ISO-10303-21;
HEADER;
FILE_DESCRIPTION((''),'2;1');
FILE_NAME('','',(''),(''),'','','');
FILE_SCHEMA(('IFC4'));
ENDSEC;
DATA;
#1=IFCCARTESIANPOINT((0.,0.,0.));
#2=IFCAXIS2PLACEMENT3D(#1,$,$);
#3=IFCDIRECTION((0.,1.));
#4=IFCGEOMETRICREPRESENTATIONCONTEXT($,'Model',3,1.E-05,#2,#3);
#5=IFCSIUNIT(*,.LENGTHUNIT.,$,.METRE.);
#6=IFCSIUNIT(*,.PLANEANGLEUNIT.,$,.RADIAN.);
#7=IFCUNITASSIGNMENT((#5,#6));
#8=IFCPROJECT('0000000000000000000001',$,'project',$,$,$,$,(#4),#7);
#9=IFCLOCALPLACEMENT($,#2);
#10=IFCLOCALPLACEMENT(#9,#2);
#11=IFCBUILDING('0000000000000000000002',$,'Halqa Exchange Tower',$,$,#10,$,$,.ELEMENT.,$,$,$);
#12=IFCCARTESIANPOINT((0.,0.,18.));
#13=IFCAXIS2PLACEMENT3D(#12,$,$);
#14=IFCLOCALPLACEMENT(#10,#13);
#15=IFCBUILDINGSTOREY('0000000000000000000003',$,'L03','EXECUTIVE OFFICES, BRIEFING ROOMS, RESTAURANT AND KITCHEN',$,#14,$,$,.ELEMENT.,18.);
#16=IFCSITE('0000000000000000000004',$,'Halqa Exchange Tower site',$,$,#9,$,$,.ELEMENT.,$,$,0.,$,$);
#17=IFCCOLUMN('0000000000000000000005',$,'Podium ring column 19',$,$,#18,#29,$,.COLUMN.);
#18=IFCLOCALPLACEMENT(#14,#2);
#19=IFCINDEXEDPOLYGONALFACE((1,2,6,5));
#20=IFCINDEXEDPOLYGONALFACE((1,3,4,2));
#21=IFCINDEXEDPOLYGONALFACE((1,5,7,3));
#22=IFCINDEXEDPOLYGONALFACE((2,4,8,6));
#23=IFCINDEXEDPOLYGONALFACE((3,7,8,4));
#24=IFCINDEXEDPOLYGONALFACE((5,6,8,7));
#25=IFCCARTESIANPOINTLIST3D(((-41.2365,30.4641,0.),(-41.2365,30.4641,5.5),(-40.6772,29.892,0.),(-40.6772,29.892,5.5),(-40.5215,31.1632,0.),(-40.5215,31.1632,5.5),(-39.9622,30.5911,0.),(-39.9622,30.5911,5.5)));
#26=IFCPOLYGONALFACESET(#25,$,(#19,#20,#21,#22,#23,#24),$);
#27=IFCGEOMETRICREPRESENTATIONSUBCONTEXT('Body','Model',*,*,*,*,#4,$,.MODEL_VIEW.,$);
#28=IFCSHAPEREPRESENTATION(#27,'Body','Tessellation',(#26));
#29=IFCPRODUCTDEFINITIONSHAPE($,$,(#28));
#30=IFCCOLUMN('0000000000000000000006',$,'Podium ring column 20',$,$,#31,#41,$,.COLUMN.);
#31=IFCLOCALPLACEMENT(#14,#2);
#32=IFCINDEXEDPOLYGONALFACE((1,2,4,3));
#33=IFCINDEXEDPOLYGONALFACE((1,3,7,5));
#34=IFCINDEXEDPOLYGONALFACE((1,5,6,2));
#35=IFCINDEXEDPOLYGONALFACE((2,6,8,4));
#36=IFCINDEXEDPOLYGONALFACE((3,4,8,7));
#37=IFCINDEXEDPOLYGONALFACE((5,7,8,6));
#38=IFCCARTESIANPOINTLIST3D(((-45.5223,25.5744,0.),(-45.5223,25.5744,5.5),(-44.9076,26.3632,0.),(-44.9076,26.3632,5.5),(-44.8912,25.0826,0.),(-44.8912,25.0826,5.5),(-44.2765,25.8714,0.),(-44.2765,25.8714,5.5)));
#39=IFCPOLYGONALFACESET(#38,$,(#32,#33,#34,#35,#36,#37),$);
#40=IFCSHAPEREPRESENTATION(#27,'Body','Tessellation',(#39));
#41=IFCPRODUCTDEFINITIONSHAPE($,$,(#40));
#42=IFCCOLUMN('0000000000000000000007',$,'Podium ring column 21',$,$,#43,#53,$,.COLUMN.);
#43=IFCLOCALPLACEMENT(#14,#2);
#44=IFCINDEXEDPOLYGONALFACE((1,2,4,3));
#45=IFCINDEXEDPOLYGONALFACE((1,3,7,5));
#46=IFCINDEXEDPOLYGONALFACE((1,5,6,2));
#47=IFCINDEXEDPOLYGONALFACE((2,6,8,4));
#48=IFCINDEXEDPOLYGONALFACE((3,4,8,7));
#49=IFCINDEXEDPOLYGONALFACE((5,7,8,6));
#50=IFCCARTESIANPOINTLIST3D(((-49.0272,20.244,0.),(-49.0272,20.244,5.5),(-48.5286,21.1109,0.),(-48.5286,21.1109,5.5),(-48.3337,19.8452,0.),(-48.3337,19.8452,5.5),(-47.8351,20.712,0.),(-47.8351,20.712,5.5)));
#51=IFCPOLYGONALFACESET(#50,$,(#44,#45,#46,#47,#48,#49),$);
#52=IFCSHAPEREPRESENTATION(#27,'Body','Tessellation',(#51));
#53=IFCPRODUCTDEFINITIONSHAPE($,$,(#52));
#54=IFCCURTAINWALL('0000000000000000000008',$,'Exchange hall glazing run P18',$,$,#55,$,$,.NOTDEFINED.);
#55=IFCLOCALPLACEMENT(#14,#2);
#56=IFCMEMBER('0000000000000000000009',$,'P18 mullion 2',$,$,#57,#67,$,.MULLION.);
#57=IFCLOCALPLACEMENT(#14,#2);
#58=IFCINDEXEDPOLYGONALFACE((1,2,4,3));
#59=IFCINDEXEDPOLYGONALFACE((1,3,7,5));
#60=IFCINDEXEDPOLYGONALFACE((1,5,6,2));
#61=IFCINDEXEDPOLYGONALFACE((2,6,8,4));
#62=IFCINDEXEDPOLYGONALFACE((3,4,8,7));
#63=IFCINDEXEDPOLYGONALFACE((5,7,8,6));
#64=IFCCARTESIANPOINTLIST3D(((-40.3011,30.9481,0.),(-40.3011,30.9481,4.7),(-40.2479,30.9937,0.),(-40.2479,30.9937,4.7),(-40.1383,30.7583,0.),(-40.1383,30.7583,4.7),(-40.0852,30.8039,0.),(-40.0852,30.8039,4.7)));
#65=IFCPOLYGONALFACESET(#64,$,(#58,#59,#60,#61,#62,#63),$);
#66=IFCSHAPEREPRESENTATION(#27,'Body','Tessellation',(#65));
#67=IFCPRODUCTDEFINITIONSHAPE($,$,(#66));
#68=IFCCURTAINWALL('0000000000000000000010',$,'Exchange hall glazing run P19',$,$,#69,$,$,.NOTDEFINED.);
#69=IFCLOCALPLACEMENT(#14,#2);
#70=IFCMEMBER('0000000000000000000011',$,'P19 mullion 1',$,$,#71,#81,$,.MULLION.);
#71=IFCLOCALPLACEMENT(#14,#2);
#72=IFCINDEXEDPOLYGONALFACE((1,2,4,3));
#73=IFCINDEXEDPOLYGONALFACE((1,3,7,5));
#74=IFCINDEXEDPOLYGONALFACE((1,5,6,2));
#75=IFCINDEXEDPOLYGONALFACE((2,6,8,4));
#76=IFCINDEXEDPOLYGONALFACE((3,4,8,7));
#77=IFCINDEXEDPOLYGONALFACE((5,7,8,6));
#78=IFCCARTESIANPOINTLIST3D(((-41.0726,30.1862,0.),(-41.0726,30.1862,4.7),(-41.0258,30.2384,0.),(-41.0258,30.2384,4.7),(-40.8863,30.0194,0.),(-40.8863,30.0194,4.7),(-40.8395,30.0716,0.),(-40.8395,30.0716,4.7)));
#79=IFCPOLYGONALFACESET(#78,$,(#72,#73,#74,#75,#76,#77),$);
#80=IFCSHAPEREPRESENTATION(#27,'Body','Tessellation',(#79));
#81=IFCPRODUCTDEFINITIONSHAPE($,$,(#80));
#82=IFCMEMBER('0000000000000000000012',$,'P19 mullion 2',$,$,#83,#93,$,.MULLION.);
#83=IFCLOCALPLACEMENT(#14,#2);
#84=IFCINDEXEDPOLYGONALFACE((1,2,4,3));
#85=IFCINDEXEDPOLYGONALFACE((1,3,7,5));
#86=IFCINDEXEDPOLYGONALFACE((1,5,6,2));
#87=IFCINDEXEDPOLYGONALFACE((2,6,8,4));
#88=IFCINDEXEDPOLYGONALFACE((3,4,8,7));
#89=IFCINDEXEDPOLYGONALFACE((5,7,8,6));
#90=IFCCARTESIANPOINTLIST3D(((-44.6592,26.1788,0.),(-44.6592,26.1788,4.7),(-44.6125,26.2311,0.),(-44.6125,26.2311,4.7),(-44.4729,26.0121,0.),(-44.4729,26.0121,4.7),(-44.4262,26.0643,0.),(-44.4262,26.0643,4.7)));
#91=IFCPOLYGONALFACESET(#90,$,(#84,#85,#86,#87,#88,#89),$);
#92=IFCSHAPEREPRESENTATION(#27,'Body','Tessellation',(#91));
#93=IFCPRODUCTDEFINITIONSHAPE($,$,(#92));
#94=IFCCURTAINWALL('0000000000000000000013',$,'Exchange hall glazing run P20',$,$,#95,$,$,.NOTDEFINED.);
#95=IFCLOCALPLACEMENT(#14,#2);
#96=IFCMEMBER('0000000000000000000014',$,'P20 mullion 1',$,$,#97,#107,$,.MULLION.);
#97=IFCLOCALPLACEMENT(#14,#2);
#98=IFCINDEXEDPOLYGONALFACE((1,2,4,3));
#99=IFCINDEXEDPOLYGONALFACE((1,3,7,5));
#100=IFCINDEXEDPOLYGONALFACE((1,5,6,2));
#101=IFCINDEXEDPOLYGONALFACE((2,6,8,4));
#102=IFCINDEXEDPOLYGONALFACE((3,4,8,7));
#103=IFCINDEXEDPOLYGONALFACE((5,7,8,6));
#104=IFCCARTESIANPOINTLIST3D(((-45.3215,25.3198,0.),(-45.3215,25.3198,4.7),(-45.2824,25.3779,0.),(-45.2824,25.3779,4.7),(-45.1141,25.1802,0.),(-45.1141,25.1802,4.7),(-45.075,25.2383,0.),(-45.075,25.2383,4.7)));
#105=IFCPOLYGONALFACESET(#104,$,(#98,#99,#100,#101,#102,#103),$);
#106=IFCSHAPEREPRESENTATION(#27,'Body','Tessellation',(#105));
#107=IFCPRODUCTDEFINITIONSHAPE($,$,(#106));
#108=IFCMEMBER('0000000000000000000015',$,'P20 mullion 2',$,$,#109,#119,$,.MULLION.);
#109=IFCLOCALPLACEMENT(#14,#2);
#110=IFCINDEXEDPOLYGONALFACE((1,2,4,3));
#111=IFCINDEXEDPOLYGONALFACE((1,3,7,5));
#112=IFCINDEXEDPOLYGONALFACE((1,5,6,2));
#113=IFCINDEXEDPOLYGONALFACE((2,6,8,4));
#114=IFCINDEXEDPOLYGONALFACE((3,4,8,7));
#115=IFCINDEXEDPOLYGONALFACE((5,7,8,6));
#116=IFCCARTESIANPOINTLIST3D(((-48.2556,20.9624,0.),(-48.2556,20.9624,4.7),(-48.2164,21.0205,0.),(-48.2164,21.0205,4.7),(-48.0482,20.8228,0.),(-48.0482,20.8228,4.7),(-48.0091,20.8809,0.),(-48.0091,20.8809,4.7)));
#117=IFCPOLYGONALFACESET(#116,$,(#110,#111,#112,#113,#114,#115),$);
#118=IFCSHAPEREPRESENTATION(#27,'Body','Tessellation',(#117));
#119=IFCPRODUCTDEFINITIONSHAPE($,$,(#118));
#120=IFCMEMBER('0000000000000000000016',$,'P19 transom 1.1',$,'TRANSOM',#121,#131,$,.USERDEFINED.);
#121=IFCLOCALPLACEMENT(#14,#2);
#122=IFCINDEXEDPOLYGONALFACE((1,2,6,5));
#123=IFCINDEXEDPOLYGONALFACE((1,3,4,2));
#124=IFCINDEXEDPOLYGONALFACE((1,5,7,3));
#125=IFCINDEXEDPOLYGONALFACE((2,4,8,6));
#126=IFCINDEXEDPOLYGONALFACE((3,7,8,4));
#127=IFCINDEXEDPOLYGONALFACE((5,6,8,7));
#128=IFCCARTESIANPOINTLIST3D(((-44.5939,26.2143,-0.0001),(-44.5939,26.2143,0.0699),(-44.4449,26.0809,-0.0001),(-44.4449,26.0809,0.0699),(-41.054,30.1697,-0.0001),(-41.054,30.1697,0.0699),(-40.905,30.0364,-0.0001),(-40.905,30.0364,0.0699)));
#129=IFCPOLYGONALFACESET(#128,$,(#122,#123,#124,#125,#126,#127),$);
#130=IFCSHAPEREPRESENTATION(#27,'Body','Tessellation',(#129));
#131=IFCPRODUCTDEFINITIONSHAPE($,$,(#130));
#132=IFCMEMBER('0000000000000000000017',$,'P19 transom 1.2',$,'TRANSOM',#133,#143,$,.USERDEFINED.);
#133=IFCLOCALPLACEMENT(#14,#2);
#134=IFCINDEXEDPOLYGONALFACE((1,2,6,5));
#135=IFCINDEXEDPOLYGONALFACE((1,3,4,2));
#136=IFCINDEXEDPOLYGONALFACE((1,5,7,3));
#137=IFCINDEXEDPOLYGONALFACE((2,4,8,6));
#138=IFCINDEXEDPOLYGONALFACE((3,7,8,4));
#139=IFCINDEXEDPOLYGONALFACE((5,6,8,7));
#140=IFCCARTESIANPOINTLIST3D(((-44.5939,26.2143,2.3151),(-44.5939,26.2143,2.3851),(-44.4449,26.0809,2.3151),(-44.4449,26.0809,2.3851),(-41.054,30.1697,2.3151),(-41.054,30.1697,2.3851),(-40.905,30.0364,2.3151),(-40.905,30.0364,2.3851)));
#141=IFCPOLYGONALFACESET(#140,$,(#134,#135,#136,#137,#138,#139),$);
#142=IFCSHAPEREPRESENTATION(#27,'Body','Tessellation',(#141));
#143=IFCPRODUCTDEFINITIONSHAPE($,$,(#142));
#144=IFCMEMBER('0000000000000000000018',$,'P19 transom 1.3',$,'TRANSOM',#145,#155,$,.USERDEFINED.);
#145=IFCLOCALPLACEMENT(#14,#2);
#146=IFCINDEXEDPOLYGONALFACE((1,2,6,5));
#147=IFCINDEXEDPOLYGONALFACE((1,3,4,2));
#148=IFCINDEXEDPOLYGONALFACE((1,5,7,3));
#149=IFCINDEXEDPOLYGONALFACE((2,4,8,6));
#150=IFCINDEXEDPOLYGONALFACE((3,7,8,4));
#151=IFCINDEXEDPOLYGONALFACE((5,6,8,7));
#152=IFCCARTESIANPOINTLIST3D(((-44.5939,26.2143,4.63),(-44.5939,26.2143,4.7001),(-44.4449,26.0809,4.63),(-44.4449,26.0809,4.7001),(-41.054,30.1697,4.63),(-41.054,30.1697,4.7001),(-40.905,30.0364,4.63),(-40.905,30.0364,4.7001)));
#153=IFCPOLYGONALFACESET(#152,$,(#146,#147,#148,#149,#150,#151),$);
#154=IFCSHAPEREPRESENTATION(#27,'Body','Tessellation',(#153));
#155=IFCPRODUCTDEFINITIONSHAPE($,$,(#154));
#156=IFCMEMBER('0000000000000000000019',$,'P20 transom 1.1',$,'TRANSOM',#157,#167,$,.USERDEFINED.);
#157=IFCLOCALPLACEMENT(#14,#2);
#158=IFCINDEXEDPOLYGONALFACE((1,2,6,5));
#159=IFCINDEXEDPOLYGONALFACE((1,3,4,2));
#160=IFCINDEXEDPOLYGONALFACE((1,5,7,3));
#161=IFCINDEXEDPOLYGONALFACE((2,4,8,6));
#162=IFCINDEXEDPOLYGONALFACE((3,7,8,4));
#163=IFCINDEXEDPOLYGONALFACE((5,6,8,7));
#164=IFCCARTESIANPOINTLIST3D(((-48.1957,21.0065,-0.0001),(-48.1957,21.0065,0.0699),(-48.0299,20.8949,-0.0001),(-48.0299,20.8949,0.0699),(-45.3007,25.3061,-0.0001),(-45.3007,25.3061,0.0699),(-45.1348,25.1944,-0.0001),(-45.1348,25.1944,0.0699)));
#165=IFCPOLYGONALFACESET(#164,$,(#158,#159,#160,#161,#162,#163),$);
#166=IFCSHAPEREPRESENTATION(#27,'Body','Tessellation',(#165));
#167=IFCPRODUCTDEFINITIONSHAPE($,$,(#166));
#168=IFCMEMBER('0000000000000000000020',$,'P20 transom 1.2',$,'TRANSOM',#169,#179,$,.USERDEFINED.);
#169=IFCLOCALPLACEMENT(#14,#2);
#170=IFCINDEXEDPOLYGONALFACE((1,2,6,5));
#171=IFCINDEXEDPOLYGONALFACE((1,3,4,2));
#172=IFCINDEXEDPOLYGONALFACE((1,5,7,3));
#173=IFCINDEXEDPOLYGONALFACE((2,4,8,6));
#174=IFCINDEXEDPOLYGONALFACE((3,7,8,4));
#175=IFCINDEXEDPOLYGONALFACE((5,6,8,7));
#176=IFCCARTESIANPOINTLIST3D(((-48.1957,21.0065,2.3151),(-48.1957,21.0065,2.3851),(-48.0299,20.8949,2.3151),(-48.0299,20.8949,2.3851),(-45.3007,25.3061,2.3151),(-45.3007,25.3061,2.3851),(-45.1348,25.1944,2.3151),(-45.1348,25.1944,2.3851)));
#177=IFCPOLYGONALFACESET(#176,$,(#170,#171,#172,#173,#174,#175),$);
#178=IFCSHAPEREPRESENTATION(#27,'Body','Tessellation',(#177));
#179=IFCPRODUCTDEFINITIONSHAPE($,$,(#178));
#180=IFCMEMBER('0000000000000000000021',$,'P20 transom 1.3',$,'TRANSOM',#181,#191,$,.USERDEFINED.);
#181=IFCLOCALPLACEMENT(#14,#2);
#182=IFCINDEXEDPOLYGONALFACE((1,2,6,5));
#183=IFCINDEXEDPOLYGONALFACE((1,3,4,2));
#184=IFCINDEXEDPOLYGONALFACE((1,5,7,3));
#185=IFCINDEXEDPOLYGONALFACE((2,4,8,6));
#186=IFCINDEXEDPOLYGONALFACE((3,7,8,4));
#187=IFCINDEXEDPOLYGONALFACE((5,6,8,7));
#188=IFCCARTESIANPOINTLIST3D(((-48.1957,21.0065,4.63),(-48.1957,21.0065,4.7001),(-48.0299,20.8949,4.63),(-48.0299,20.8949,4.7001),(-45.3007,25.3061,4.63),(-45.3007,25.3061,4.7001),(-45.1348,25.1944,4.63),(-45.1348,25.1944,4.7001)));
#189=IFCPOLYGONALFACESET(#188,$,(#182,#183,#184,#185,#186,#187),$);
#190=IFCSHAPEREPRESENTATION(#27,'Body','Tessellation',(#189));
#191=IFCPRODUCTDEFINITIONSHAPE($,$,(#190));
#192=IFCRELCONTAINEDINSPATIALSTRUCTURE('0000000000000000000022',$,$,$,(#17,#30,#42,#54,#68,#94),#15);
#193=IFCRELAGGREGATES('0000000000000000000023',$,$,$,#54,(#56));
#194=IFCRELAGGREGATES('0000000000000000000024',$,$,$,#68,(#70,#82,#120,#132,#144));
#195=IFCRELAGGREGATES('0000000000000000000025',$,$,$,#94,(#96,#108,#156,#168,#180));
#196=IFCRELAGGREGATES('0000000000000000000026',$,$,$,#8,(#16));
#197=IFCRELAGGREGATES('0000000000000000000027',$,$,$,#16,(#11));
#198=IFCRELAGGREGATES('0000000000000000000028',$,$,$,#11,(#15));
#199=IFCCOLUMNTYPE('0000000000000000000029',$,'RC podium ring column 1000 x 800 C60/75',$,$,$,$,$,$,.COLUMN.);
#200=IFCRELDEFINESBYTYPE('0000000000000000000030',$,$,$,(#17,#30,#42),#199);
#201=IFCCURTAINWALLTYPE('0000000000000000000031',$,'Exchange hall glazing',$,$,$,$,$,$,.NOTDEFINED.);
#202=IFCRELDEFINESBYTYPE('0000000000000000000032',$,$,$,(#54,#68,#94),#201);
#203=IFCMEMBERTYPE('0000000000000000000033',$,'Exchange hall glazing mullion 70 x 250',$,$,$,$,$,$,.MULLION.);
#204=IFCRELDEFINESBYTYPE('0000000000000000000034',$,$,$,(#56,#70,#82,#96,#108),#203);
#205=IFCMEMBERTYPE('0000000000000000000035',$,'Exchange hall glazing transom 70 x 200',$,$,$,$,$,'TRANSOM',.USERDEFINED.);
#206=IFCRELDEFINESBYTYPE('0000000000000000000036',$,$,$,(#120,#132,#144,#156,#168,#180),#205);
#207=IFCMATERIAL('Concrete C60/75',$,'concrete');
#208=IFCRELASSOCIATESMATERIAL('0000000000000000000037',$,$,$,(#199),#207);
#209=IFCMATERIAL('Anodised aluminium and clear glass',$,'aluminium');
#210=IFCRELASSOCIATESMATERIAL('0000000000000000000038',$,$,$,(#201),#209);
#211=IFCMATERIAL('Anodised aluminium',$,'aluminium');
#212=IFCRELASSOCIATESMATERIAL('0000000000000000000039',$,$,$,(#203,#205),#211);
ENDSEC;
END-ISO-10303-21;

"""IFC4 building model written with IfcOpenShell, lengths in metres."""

from ifc_helpers import new_model, si_unit, direction, frame, origin, origin_2d, place, context, subcontext, project, spatial, rectangle, extrude, material, material_profile, profile_set, type_object, element, aggregate, save


model = new_model("IFC4")

# Units and contexts
model_context = context("Model", 3, precision=1e-05, world=origin(), true_north=direction((0.0, 1.0)))
body_context = subcontext(model_context, "Body", "Model", "MODEL_VIEW")
ifc_project = project(units=[si_unit("LENGTHUNIT", "METRE"), si_unit("PLANEANGLEUNIT", "RADIAN")], contexts=[model_context])

# Site, building, storey
site_placement = place(None, origin())
site = spatial("IfcSite", under=ifc_project, at=site_placement, Name="Halqa Exchange Tower site", CompositionType="ELEMENT", RefElevation=0.0)
building_placement = place(site_placement, origin())
building = spatial("IfcBuilding", under=site, at=building_placement, Name="Halqa Exchange Tower", CompositionType="ELEMENT")
storey_placement = place(building_placement, frame((0.0, 0.0, 18.0)))
storey = spatial("IfcBuildingStorey", under=building, at=storey_placement, Name="L03", Description="EXECUTIVE OFFICES, BRIEFING ROOMS, RESTAURANT AND KITCHEN", CompositionType="ELEMENT", Elevation=18.0)

# Columns
ifc_material_1 = material(Name="Concrete C60/75", Category="concrete")
ifc_material_profile_1 = material_profile(ifc_material_1, rectangle(XDim=1.0, YDim=0.8, at=origin_2d()), Name="1000 x 800")
ifc_profile_set_1 = profile_set([ifc_material_profile_1], Name="Concrete C60/75")
column_type = type_object("IfcColumnType", Name="RC podium ring column 1000 x 800 C60/75", PredefinedType="COLUMN", material=ifc_profile_set_1)
for number, where, z_axis, x_axis, name in (
    (1, (-40.5994, 30.5276, 0.0), (0.0, 0.0, 1.0), (-0.715039, -0.699085, 0.0), "Podium ring column 19"),
    (2, (-44.8994, 25.7229, 0.0), (0.0, 0.0, 1.0), (-0.614691, -0.788768, 0.0), "Podium ring column 20"),
    (3, (-48.4312, 20.478, 0.0), (0.0, 0.0, 1.0), (-0.498569, -0.86685, 0.0), "Podium ring column 21"),
):
    element("IfcColumn", number, at=place(storey_placement, frame(where, z_axis=z_axis, x_axis=x_axis)), inside=storey, type_object=column_type, Name=name, PredefinedType="COLUMN", context=body_context, shape_type="SweptSolid", body=[
        extrude(rectangle(XDim=1.0, YDim=0.8, at=origin_2d()), origin(), (0.0, 0.0, 1.0), 5.5),
    ])

# Curtain wall, member
ifc_material_2 = material(Name="Anodised aluminium and clear glass", Category="aluminium")
curtain_wall_type = type_object("IfcCurtainWallType", Name="Exchange hall glazing", PredefinedType="NOTDEFINED", material=ifc_material_2)
curtain_wall_1_placement = place(storey_placement, origin())
curtain_wall_1 = element("IfcCurtainWall", 4, at=curtain_wall_1_placement, inside=storey, type_object=curtain_wall_type, Name="Exchange hall glazing run P18", PredefinedType="NOTDEFINED")
ifc_material_3 = material(Name="Anodised aluminium", Category="aluminium")
ifc_material_profile_2 = material_profile(ifc_material_3, rectangle(XDim=0.25, YDim=0.0701, at=origin_2d()), Name="AL 70x250")
ifc_profile_set_2 = profile_set([ifc_material_profile_2], Name="Anodised aluminium")
member_type_1 = type_object("IfcMemberType", Name="Exchange hall glazing mullion 70 x 250", PredefinedType="MULLION", material=ifc_profile_set_2)
member_1_placement = place(storey_placement, frame((-40.1931, 30.876, 0.0), z_axis=(0.0, 0.0, 1.0), x_axis=(0.650911, -0.759154, 0.0)))
member_1 = element("IfcMember", 5, at=member_1_placement, type_object=member_type_1, Name="P18 mullion 2", PredefinedType="MULLION", context=body_context, shape_type="SweptSolid", body=[
    extrude(rectangle(XDim=0.25, YDim=0.0701, at=origin_2d()), origin(), (0.0, 0.0, 1.0), 4.7),
])

# Curtain walls, members
curtain_wall_2_placement = place(storey_placement, origin())
curtain_wall_2 = element("IfcCurtainWall", 6, at=curtain_wall_2_placement, inside=storey, type_object=curtain_wall_type, Name="Exchange hall glazing run P19", PredefinedType="NOTDEFINED")
member_2_placement = place(storey_placement, frame((-40.9561, 30.1289, 0.0), z_axis=(0.0, 0.0, 1.0), x_axis=(0.745148, -0.666899, 0.0)))
member_2 = element("IfcMember", 7, at=member_2_placement, type_object=member_type_1, Name="P19 mullion 1", PredefinedType="MULLION", context=body_context, shape_type="SweptSolid", body=[
    extrude(rectangle(XDim=0.25, YDim=0.0701, at=origin_2d()), origin(), (0.0, 0.0, 1.0), 4.7),
])
member_3_placement = place(storey_placement, frame((-44.5427, 26.1216, 0.0), z_axis=(0.0, 0.0, 1.0), x_axis=(0.745148, -0.666899, 0.0)))
member_3 = element("IfcMember", 8, at=member_3_placement, type_object=member_type_1, Name="P19 mullion 2", PredefinedType="MULLION", context=body_context, shape_type="SweptSolid", body=[
    extrude(rectangle(XDim=0.25, YDim=0.0701, at=origin_2d()), origin(), (0.0, 0.0, 1.0), 4.7),
])
curtain_wall_3_placement = place(storey_placement, origin())
curtain_wall_3 = element("IfcCurtainWall", 9, at=curtain_wall_3_placement, inside=storey, type_object=curtain_wall_type, Name="Exchange hall glazing run P20", PredefinedType="NOTDEFINED")
member_4_placement = place(storey_placement, frame((-45.1982, 25.2791, 0.0), z_axis=(0.0, 0.0, 1.0), x_axis=(0.82949, -0.558522, 0.0)))
member_4 = element("IfcMember", 10, at=member_4_placement, type_object=member_type_1, Name="P20 mullion 1", PredefinedType="MULLION", context=body_context, shape_type="SweptSolid", body=[
    extrude(rectangle(XDim=0.25, YDim=0.0701, at=origin_2d()), origin(), (0.0, 0.0, 1.0), 4.7),
])
member_5_placement = place(storey_placement, frame((-48.1323, 20.9216, 0.0), z_axis=(0.0, 0.0, 1.0), x_axis=(0.82949, -0.558522, 0.0)))
member_5 = element("IfcMember", 11, at=member_5_placement, type_object=member_type_1, Name="P20 mullion 2", PredefinedType="MULLION", context=body_context, shape_type="SweptSolid", body=[
    extrude(rectangle(XDim=0.25, YDim=0.0701, at=origin_2d()), origin(), (0.0, 0.0, 1.0), 4.7),
])

# Members
ifc_material_profile_3 = material_profile(ifc_material_3, rectangle(XDim=0.2, YDim=0.0701, at=origin_2d()), Name="AL 70x200")
ifc_profile_set_3 = profile_set([ifc_material_profile_3], Name="Anodised aluminium")
member_type_2 = type_object("IfcMemberType", Name="Exchange hall glazing transom 70 x 200", ElementType="TRANSOM", PredefinedType="USERDEFINED", material=ifc_profile_set_3)
member_6_placement = place(storey_placement, frame((-40.9795, 30.103, 0.0349), z_axis=(-0.666881, -0.745164, 0.0), x_axis=(0.745164, -0.666881, 0.0)))
member_6 = element("IfcMember", 12, at=member_6_placement, type_object=member_type_2, Name="P19 transom 1.1", ObjectType="TRANSOM", PredefinedType="USERDEFINED", context=body_context, shape_type="SweptSolid", body=[
    extrude(rectangle(XDim=0.2, YDim=0.0701, at=origin_2d()), origin(), (0.0, 0.0, 1.0), 5.3081),
])
member_7_placement = place(storey_placement, frame((-40.9795, 30.103, 2.3501), z_axis=(-0.666881, -0.745164, 0.0), x_axis=(0.745164, -0.666881, 0.0)))
member_7 = element("IfcMember", 13, at=member_7_placement, type_object=member_type_2, Name="P19 transom 1.2", ObjectType="TRANSOM", PredefinedType="USERDEFINED", context=body_context, shape_type="SweptSolid", body=[
    extrude(rectangle(XDim=0.2, YDim=0.0701, at=origin_2d()), origin(), (0.0, 0.0, 1.0), 5.3081),
])
member_8_placement = place(storey_placement, frame((-40.9795, 30.103, 4.665), z_axis=(-0.666881, -0.745164, 0.0), x_axis=(0.745164, -0.666881, 0.0)))
member_8 = element("IfcMember", 14, at=member_8_placement, type_object=member_type_2, Name="P19 transom 1.3", ObjectType="TRANSOM", PredefinedType="USERDEFINED", context=body_context, shape_type="SweptSolid", body=[
    extrude(rectangle(XDim=0.2, YDim=0.0701, at=origin_2d()), origin(), (0.0, 0.0, 1.0), 5.3081),
])
member_9_placement = place(storey_placement, frame((-45.2178, 25.2502, 0.0349), z_axis=(-0.55852, -0.829491, 0.0), x_axis=(0.829491, -0.55852, 0.0)))
member_9 = element("IfcMember", 15, at=member_9_placement, type_object=member_type_2, Name="P20 transom 1.1", ObjectType="TRANSOM", PredefinedType="USERDEFINED", context=body_context, shape_type="SweptSolid", body=[
    extrude(rectangle(XDim=0.2, YDim=0.0701, at=origin_2d()), origin(), (0.0, 0.0, 1.0), 5.1833),
])
member_10_placement = place(storey_placement, frame((-45.2178, 25.2502, 2.3501), z_axis=(-0.55852, -0.829491, 0.0), x_axis=(0.829491, -0.55852, 0.0)))
member_10 = element("IfcMember", 16, at=member_10_placement, type_object=member_type_2, Name="P20 transom 1.2", ObjectType="TRANSOM", PredefinedType="USERDEFINED", context=body_context, shape_type="SweptSolid", body=[
    extrude(rectangle(XDim=0.2, YDim=0.0701, at=origin_2d()), origin(), (0.0, 0.0, 1.0), 5.1833),
])
member_11_placement = place(storey_placement, frame((-45.2178, 25.2502, 4.665), z_axis=(-0.55852, -0.829491, 0.0), x_axis=(0.829491, -0.55852, 0.0)))
member_11 = element("IfcMember", 17, at=member_11_placement, type_object=member_type_2, Name="P20 transom 1.3", ObjectType="TRANSOM", PredefinedType="USERDEFINED", context=body_context, shape_type="SweptSolid", body=[
    extrude(rectangle(XDim=0.2, YDim=0.0701, at=origin_2d()), origin(), (0.0, 0.0, 1.0), 5.1833),
])

aggregate(curtain_wall_1, [member_1])
aggregate(curtain_wall_2, [member_2, member_3, member_6, member_7, member_8])
aggregate(curtain_wall_3, [member_4, member_5, member_9, member_10, member_11])

save(model, "model.ifc")
